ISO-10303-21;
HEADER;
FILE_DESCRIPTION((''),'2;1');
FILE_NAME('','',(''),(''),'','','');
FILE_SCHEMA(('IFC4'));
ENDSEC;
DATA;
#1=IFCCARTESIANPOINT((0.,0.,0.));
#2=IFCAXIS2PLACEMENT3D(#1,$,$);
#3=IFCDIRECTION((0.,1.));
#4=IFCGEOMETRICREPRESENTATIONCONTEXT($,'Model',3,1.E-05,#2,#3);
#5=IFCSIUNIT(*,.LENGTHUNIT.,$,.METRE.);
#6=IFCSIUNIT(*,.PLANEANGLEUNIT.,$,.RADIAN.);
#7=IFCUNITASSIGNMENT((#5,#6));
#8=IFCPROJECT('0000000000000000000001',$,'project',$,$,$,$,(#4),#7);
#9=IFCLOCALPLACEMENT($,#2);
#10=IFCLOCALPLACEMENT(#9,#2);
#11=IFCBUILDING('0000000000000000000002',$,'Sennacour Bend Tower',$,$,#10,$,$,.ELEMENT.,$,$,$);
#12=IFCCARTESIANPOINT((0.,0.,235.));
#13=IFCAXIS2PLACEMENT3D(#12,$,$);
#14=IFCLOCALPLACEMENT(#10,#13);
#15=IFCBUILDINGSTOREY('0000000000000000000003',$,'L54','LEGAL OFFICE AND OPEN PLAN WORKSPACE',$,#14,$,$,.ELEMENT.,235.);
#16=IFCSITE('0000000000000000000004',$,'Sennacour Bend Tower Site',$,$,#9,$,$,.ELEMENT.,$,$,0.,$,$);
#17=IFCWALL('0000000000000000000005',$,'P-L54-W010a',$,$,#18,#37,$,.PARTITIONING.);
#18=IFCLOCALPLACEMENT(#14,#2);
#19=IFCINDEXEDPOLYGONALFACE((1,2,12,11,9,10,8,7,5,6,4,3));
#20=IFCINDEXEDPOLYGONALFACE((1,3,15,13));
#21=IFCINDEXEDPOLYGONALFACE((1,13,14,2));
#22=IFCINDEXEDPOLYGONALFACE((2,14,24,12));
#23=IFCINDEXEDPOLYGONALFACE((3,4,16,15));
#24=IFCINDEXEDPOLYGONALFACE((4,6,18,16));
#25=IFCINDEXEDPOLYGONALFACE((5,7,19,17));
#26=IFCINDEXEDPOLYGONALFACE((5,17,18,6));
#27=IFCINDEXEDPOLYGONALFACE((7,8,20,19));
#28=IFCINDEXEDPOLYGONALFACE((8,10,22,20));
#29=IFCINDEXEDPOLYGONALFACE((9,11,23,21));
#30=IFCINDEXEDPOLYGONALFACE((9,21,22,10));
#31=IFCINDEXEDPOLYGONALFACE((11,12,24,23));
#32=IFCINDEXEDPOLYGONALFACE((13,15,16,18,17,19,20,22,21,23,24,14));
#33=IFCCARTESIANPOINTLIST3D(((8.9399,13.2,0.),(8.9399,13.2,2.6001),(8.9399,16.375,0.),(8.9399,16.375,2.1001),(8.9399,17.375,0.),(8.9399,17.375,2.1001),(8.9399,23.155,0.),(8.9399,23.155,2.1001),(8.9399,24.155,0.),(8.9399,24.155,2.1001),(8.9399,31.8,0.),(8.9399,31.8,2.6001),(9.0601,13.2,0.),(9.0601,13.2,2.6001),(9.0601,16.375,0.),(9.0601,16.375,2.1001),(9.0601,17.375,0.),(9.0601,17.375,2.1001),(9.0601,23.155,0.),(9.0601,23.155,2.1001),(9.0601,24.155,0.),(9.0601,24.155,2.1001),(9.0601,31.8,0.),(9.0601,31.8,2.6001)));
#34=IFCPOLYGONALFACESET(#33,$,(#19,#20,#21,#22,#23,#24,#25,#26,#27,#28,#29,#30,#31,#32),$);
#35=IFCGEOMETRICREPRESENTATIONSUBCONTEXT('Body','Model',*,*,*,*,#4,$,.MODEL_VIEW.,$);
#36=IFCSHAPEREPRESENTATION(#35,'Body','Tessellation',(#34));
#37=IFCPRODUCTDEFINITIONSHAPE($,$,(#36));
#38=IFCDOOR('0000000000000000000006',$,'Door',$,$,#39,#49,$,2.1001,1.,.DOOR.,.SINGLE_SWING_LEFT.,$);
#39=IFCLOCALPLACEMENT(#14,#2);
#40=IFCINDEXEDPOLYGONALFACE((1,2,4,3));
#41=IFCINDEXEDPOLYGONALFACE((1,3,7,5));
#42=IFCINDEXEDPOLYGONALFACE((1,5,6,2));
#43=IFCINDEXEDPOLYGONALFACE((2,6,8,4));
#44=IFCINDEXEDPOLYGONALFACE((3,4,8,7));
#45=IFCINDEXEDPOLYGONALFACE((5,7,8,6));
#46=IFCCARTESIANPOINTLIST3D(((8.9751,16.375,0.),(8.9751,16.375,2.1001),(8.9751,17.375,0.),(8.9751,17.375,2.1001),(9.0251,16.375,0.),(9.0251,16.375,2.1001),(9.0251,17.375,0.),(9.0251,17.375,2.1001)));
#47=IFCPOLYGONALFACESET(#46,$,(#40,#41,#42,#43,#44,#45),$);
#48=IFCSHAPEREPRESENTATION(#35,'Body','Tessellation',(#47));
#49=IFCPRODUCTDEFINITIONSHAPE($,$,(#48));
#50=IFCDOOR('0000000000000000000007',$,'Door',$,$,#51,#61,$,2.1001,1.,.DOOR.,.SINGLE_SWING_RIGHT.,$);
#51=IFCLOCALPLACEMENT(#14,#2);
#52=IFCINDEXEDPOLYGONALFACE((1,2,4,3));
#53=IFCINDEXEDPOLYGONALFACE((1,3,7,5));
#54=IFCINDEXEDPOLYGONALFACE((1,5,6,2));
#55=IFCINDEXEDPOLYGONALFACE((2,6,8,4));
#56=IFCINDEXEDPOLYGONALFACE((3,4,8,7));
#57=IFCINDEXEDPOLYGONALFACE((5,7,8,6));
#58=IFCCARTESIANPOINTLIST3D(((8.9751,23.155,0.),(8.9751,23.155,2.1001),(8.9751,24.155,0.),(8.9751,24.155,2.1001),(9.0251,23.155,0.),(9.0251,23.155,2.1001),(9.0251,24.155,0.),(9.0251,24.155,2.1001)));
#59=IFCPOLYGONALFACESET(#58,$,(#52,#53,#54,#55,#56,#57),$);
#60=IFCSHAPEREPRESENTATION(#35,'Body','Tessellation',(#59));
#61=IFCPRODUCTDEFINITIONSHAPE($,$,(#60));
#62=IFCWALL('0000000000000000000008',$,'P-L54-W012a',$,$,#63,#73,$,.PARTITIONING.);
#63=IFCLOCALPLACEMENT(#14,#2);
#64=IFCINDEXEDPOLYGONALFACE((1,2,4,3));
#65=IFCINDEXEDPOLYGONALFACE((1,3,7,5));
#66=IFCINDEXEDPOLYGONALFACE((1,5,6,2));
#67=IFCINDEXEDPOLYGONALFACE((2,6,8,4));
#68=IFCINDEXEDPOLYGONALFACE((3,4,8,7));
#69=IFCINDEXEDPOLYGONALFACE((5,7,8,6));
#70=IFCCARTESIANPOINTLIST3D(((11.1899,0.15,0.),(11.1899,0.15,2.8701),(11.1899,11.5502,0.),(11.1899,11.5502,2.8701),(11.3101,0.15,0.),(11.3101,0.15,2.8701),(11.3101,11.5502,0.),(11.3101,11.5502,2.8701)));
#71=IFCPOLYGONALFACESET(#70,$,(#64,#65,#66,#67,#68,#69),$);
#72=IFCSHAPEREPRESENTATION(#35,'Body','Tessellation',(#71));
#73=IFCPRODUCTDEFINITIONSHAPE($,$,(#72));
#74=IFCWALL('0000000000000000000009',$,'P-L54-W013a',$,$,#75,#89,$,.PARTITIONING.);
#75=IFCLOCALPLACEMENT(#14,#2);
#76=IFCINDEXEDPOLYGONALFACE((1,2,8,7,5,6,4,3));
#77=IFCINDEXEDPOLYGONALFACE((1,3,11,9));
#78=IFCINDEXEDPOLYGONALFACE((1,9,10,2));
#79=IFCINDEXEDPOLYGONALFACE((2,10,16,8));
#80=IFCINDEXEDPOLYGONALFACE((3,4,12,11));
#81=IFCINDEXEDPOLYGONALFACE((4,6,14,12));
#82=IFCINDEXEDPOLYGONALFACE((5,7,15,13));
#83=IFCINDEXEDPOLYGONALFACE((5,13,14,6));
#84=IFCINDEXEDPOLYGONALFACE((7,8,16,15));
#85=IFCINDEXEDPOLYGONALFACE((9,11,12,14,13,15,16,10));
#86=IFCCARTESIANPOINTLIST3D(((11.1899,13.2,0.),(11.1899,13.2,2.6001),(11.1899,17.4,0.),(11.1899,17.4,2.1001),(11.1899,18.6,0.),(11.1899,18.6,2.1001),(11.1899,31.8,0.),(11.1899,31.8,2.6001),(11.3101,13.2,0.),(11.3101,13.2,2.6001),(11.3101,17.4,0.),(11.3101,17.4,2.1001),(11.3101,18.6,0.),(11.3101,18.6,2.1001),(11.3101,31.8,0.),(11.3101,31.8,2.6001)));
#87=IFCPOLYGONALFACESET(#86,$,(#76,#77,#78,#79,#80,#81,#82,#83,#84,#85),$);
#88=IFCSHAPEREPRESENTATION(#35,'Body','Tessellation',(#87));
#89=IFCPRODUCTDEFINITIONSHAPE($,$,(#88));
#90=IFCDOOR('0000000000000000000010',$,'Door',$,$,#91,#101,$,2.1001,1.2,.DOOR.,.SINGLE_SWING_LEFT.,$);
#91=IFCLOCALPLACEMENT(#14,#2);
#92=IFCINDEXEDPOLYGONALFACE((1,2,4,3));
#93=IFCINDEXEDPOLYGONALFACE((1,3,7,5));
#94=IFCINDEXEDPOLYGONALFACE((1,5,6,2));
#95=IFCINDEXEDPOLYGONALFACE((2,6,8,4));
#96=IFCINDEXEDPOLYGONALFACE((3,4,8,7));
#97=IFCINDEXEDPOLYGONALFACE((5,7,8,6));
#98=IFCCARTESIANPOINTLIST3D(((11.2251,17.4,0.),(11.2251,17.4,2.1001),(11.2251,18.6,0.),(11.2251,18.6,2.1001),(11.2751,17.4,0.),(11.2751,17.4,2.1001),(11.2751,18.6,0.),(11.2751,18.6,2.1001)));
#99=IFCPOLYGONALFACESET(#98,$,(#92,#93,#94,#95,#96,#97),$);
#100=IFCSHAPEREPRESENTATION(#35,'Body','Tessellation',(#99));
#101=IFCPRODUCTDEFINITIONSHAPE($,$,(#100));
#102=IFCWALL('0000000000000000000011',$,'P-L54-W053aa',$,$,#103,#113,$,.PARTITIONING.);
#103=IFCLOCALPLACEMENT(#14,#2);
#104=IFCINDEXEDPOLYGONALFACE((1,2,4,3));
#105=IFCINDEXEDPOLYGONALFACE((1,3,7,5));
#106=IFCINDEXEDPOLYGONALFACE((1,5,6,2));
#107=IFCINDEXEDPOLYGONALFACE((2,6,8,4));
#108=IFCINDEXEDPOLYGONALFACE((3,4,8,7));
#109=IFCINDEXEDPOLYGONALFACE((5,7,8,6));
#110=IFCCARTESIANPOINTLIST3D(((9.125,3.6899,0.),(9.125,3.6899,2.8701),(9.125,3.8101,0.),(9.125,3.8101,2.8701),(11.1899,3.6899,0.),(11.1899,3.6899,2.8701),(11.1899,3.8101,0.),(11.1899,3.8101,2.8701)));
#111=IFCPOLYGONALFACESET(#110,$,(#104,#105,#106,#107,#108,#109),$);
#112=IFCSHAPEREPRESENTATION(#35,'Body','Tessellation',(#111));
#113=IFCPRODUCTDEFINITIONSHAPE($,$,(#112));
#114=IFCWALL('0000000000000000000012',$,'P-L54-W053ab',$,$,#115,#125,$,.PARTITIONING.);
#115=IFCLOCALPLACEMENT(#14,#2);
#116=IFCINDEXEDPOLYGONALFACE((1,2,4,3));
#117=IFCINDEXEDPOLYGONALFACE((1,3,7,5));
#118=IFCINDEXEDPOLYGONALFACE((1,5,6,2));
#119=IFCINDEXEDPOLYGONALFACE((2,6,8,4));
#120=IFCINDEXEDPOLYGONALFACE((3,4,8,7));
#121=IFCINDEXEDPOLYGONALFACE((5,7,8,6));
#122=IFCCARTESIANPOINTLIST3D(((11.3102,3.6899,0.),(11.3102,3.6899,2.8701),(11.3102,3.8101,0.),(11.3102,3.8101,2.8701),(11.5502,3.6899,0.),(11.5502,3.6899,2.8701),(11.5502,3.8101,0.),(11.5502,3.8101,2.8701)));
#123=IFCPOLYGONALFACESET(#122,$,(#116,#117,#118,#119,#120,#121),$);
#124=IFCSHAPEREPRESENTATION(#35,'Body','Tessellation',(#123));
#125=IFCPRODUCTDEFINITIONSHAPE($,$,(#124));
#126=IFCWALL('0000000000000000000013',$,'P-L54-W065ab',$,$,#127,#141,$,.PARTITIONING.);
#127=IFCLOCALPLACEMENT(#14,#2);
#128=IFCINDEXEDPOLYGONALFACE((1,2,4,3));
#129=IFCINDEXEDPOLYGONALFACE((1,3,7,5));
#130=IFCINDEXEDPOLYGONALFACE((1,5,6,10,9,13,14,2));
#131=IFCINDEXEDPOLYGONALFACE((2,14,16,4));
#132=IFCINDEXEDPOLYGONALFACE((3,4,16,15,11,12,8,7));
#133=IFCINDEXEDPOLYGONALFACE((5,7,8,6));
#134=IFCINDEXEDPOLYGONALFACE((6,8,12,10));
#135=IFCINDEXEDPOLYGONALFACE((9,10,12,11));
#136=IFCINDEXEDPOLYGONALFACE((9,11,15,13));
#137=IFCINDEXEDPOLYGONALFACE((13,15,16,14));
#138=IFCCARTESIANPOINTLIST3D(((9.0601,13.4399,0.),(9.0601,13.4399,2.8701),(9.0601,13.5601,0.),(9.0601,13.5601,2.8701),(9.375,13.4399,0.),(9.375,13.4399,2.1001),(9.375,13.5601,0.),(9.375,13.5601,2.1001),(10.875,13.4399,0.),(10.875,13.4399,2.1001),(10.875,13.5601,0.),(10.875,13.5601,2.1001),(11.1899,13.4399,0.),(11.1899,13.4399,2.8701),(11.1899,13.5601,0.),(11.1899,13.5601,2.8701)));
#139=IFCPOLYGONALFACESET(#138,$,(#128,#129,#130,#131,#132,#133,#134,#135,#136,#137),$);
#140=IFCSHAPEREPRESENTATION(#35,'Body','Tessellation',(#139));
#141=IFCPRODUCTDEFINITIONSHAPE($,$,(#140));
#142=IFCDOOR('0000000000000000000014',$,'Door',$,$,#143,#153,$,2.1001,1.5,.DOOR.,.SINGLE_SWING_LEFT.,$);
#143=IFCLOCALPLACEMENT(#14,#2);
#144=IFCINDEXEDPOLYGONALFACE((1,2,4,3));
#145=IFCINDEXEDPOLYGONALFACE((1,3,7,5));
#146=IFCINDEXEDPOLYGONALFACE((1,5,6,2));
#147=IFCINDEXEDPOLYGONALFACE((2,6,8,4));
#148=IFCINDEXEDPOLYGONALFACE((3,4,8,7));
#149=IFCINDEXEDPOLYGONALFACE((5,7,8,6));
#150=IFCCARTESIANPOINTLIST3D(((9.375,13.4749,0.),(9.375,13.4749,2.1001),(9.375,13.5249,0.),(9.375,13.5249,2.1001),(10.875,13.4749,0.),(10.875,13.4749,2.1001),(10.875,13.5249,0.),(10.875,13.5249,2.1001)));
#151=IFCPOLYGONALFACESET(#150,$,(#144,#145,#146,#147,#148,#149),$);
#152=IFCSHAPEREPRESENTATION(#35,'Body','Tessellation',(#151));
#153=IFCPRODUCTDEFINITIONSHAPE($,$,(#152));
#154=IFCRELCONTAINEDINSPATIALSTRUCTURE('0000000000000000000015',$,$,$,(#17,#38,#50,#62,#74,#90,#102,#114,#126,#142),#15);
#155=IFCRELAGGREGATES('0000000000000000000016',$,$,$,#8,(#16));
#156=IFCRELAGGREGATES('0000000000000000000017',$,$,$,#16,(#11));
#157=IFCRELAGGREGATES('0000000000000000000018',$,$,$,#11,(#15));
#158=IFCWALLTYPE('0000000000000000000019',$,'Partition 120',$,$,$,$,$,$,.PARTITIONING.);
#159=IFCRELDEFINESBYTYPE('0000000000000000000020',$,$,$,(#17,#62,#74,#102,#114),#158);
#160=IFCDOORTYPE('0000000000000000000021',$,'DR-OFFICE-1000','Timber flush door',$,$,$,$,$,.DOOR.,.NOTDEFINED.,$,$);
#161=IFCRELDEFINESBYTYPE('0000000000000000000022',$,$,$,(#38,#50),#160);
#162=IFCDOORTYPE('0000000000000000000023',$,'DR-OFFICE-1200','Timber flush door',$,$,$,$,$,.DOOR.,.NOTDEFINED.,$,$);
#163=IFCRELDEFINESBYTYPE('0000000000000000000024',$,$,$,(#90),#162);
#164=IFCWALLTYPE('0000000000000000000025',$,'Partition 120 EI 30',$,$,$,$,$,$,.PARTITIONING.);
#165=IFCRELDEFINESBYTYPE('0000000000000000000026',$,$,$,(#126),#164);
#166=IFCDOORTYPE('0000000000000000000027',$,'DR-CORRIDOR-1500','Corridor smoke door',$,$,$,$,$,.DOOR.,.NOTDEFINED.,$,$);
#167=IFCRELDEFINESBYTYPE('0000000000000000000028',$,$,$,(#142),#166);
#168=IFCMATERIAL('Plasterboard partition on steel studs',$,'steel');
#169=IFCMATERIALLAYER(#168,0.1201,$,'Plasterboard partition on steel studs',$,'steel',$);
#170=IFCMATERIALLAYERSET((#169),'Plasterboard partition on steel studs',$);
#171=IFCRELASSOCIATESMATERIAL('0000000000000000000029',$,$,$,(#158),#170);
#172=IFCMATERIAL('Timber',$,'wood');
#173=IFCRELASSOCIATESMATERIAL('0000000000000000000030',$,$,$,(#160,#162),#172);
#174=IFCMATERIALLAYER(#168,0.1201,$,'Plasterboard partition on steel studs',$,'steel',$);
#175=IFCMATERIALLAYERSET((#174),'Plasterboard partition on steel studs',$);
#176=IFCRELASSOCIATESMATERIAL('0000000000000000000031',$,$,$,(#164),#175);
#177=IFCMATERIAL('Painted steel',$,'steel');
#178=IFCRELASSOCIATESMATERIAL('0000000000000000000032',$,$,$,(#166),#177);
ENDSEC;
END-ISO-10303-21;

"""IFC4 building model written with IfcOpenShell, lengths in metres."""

from ifc_helpers import new_model, si_unit, direction, frame, frame_2d, origin, place, context, subcontext, project, spatial, rectangle, extrude, material, layer, layer_set, type_object, element, fill, save


model = new_model("IFC4")

# Units and contexts
model_context = context("Model", 3, precision=1e-05, world=origin(), true_north=direction((0.0, 1.0)))
body_context = subcontext(model_context, "Body", "Model", "MODEL_VIEW")
ifc_project = project(units=[si_unit("LENGTHUNIT", "METRE"), si_unit("PLANEANGLEUNIT", "RADIAN")], contexts=[model_context])

# Site, building, storey
site_placement = place(None, origin())
site = spatial("IfcSite", under=ifc_project, at=site_placement, Name="Sennacour Bend Tower Site", CompositionType="ELEMENT", RefElevation=0.0)
building_placement = place(site_placement, origin())
building = spatial("IfcBuilding", under=site, at=building_placement, Name="Sennacour Bend Tower", CompositionType="ELEMENT")
storey_placement = place(building_placement, frame((0.0, 0.0, 235.0)))
storey = spatial("IfcBuildingStorey", under=building, at=storey_placement, Name="L54", Description="LEGAL OFFICE AND OPEN PLAN WORKSPACE", CompositionType="ELEMENT", Elevation=235.0)

# Wall, openings, doors
ifc_material_1 = material(Name="Plasterboard partition on steel studs", Category="steel")
ifc_layer_1 = layer(ifc_material_1, 0.1201, Name="Plasterboard partition on steel studs", Category="steel")
ifc_layer_set_1 = layer_set([ifc_layer_1], Name="Plasterboard partition on steel studs")
wall_type_1 = type_object("IfcWallType", Name="Partition 120", PredefinedType="PARTITIONING", material=ifc_layer_set_1)
wall_1_placement = place(storey_placement, frame((9.0, 13.2, 0.0), z_axis=(0.0, 0.0, 1.0), x_axis=(0.0, 1.0, 0.0)))
wall_1 = element("IfcWall", 1, at=wall_1_placement, inside=storey, type_object=wall_type_1, Name="P-L54-W010a", PredefinedType="PARTITIONING", context=body_context, shape_type="SweptSolid", body=[
    extrude(rectangle(XDim=18.6001, YDim=0.1201, at=frame_2d((9.3, 0.0))), origin(), (0.0, 0.0, 1.0), 2.6001),
])
opening_1_placement = place(wall_1_placement, frame((3.175, 0.0, 0.0)))
opening_1 = element("IfcOpeningElement", 2, at=opening_1_placement, cuts=wall_1, PredefinedType="OPENING", context=body_context, shape_type="SweptSolid", body=[
    extrude(rectangle(XDim=1.0, YDim=2.1001, at=frame_2d((0.5, 1.05))), frame((0.0, 0.0701, 0.0), z_axis=(0.0, -1.0, 0.0), x_axis=(1.0, 0.0, 0.0)), (0.0, 0.0, 1.0), 0.1401),
])
opening_2_placement = place(wall_1_placement, frame((9.9551, 0.0, 0.0)))
opening_2 = element("IfcOpeningElement", 3, at=opening_2_placement, cuts=wall_1, PredefinedType="OPENING", context=body_context, shape_type="SweptSolid", body=[
    extrude(rectangle(XDim=1.0, YDim=2.1001, at=frame_2d((0.5, 1.05))), frame((0.0, 0.0701, 0.0), z_axis=(0.0, -1.0, 0.0), x_axis=(1.0, 0.0, 0.0)), (0.0, 0.0, 1.0), 0.1401),
])
ifc_material_2 = material(Name="Timber", Category="wood")
door_type_1 = type_object("IfcDoorType", Name="DR-OFFICE-1000", Description="Timber flush door", OperationType="NOTDEFINED", PredefinedType="DOOR", material=ifc_material_2)
door_1_placement = place(opening_1_placement, origin())
door_1 = element("IfcDoor", 4, at=door_1_placement, inside=storey, type_object=door_type_1, Name="Door", OperationType="SINGLE_SWING_LEFT", OverallHeight=2.1001, OverallWidth=1.0, PredefinedType="DOOR", context=body_context, shape_type="SweptSolid", body=[
    extrude(rectangle(XDim=1.0, YDim=2.1001, at=frame_2d((0.5, 1.05))), frame((0.0, 0.0249, 0.0), z_axis=(0.0, -1.0, 0.0), x_axis=(1.0, 0.0, 0.0)), (0.0, 0.0, 1.0), 0.05),
])
fill(opening_1, door_1)
door_2_placement = place(opening_2_placement, origin())
door_2 = element("IfcDoor", 5, at=door_2_placement, inside=storey, type_object=door_type_1, Name="Door", OperationType="SINGLE_SWING_RIGHT", OverallHeight=2.1001, OverallWidth=1.0, PredefinedType="DOOR", context=body_context, shape_type="SweptSolid", body=[
    extrude(rectangle(XDim=1.0, YDim=2.1001, at=frame_2d((0.5, 1.05))), frame((0.0, 0.0249, 0.0), z_axis=(0.0, -1.0, 0.0), x_axis=(1.0, 0.0, 0.0)), (0.0, 0.0, 1.0), 0.05),
])
fill(opening_2, door_2)

# Wall
wall_2_placement = place(storey_placement, frame((11.25, 0.1499, 0.0), z_axis=(0.0, 0.0, 1.0), x_axis=(0.0, 1.0, 0.0)))
element("IfcWall", 6, at=wall_2_placement, inside=storey, type_object=wall_type_1, Name="P-L54-W012a", PredefinedType="PARTITIONING", context=body_context, shape_type="SweptSolid", body=[
    extrude(rectangle(XDim=11.4001, YDim=0.1201, at=frame_2d((5.7002, 0.0))), origin(), (0.0, 0.0, 1.0), 2.8701),
])

# Wall, opening, door
wall_3_placement = place(storey_placement, frame((11.25, 13.2, 0.0), z_axis=(0.0, 0.0, 1.0), x_axis=(0.0, 1.0, 0.0)))
wall_3 = element("IfcWall", 7, at=wall_3_placement, inside=storey, type_object=wall_type_1, Name="P-L54-W013a", PredefinedType="PARTITIONING", context=body_context, shape_type="SweptSolid", body=[
    extrude(rectangle(XDim=18.6001, YDim=0.1201, at=frame_2d((9.3, 0.0))), origin(), (0.0, 0.0, 1.0), 2.6001),
])
opening_3_placement = place(wall_3_placement, frame((4.2, 0.0, 0.0)))
opening_3 = element("IfcOpeningElement", 8, at=opening_3_placement, cuts=wall_3, PredefinedType="OPENING", context=body_context, shape_type="SweptSolid", body=[
    extrude(rectangle(XDim=1.2, YDim=2.1001, at=frame_2d((0.6001, 1.05))), frame((0.0, 0.0701, 0.0), z_axis=(0.0, -1.0, 0.0), x_axis=(1.0, 0.0, 0.0)), (0.0, 0.0, 1.0), 0.1401),
])
door_type_2 = type_object("IfcDoorType", Name="DR-OFFICE-1200", Description="Timber flush door", OperationType="NOTDEFINED", PredefinedType="DOOR", material=ifc_material_2)
door_3_placement = place(opening_3_placement, origin())
door_3 = element("IfcDoor", 9, at=door_3_placement, inside=storey, type_object=door_type_2, Name="Door", OperationType="SINGLE_SWING_LEFT", OverallHeight=2.1001, OverallWidth=1.2, PredefinedType="DOOR", context=body_context, shape_type="SweptSolid", body=[
    extrude(rectangle(XDim=1.2, YDim=2.1001, at=frame_2d((0.6001, 1.05))), frame((0.0, 0.0249, 0.0), z_axis=(0.0, -1.0, 0.0), x_axis=(1.0, 0.0, 0.0)), (0.0, 0.0, 1.0), 0.05),
])
fill(opening_3, door_3)

# Walls
wall_4_placement = place(storey_placement, frame((9.125, 3.75, 0.0), z_axis=(0.0, 0.0, 1.0), x_axis=(1.0, 0.0, 0.0)))
element("IfcWall", 10, at=wall_4_placement, inside=storey, type_object=wall_type_1, Name="P-L54-W053aa", PredefinedType="PARTITIONING", context=body_context, shape_type="SweptSolid", body=[
    extrude(rectangle(XDim=2.0649, YDim=0.1201, at=frame_2d((1.0325, 0.0))), origin(), (0.0, 0.0, 1.0), 2.8701),
])
wall_5_placement = place(storey_placement, frame((11.3101, 3.75, 0.0), z_axis=(0.0, 0.0, 1.0), x_axis=(1.0, 0.0, 0.0)))
element("IfcWall", 11, at=wall_5_placement, inside=storey, type_object=wall_type_1, Name="P-L54-W053ab", PredefinedType="PARTITIONING", context=body_context, shape_type="SweptSolid", body=[
    extrude(rectangle(XDim=0.24, YDim=0.1201, at=frame_2d((0.1201, 0.0))), origin(), (0.0, 0.0, 1.0), 2.8701),
])

# Wall, opening, door
ifc_layer_2 = layer(ifc_material_1, 0.1201, Name="Plasterboard partition on steel studs", Category="steel")
ifc_layer_set_2 = layer_set([ifc_layer_2], Name="Plasterboard partition on steel studs")
wall_type_2 = type_object("IfcWallType", Name="Partition 120 EI 30", PredefinedType="PARTITIONING", material=ifc_layer_set_2)
wall_6_placement = place(storey_placement, frame((9.0601, 13.5, 0.0), z_axis=(0.0, 0.0, 1.0), x_axis=(1.0, 0.0, 0.0)))
wall_6 = element("IfcWall", 12, at=wall_6_placement, inside=storey, type_object=wall_type_2, Name="P-L54-W065ab", PredefinedType="PARTITIONING", context=body_context, shape_type="SweptSolid", body=[
    extrude(rectangle(XDim=2.1299, YDim=0.1201, at=frame_2d((1.0649, 0.0))), origin(), (0.0, 0.0, 1.0), 2.8701),
])
opening_4_placement = place(wall_6_placement, frame((0.3149, 0.0, 0.0)))
opening_4 = element("IfcOpeningElement", 13, at=opening_4_placement, cuts=wall_6, PredefinedType="OPENING", context=body_context, shape_type="SweptSolid", body=[
    extrude(rectangle(XDim=1.5, YDim=2.1001, at=frame_2d((0.75, 1.05))), frame((0.0, 0.0701, 0.0), z_axis=(0.0, -1.0, 0.0), x_axis=(1.0, 0.0, 0.0)), (0.0, 0.0, 1.0), 0.1401),
])
ifc_material_3 = material(Name="Painted steel", Category="steel")
door_type_3 = type_object("IfcDoorType", Name="DR-CORRIDOR-1500", Description="Corridor smoke door", OperationType="NOTDEFINED", PredefinedType="DOOR", material=ifc_material_3)
door_4_placement = place(opening_4_placement, origin())
door_4 = element("IfcDoor", 14, at=door_4_placement, inside=storey, type_object=door_type_3, Name="Door", OperationType="SINGLE_SWING_LEFT", OverallHeight=2.1001, OverallWidth=1.5, PredefinedType="DOOR", context=body_context, shape_type="SweptSolid", body=[
    extrude(rectangle(XDim=1.5, YDim=2.1001, at=frame_2d((0.75, 1.05))), frame((0.0, 0.0249, 0.0), z_axis=(0.0, -1.0, 0.0), x_axis=(1.0, 0.0, 0.0)), (0.0, 0.0, 1.0), 0.05),
])
fill(opening_4, door_4)

save(model, "model.ifc")
